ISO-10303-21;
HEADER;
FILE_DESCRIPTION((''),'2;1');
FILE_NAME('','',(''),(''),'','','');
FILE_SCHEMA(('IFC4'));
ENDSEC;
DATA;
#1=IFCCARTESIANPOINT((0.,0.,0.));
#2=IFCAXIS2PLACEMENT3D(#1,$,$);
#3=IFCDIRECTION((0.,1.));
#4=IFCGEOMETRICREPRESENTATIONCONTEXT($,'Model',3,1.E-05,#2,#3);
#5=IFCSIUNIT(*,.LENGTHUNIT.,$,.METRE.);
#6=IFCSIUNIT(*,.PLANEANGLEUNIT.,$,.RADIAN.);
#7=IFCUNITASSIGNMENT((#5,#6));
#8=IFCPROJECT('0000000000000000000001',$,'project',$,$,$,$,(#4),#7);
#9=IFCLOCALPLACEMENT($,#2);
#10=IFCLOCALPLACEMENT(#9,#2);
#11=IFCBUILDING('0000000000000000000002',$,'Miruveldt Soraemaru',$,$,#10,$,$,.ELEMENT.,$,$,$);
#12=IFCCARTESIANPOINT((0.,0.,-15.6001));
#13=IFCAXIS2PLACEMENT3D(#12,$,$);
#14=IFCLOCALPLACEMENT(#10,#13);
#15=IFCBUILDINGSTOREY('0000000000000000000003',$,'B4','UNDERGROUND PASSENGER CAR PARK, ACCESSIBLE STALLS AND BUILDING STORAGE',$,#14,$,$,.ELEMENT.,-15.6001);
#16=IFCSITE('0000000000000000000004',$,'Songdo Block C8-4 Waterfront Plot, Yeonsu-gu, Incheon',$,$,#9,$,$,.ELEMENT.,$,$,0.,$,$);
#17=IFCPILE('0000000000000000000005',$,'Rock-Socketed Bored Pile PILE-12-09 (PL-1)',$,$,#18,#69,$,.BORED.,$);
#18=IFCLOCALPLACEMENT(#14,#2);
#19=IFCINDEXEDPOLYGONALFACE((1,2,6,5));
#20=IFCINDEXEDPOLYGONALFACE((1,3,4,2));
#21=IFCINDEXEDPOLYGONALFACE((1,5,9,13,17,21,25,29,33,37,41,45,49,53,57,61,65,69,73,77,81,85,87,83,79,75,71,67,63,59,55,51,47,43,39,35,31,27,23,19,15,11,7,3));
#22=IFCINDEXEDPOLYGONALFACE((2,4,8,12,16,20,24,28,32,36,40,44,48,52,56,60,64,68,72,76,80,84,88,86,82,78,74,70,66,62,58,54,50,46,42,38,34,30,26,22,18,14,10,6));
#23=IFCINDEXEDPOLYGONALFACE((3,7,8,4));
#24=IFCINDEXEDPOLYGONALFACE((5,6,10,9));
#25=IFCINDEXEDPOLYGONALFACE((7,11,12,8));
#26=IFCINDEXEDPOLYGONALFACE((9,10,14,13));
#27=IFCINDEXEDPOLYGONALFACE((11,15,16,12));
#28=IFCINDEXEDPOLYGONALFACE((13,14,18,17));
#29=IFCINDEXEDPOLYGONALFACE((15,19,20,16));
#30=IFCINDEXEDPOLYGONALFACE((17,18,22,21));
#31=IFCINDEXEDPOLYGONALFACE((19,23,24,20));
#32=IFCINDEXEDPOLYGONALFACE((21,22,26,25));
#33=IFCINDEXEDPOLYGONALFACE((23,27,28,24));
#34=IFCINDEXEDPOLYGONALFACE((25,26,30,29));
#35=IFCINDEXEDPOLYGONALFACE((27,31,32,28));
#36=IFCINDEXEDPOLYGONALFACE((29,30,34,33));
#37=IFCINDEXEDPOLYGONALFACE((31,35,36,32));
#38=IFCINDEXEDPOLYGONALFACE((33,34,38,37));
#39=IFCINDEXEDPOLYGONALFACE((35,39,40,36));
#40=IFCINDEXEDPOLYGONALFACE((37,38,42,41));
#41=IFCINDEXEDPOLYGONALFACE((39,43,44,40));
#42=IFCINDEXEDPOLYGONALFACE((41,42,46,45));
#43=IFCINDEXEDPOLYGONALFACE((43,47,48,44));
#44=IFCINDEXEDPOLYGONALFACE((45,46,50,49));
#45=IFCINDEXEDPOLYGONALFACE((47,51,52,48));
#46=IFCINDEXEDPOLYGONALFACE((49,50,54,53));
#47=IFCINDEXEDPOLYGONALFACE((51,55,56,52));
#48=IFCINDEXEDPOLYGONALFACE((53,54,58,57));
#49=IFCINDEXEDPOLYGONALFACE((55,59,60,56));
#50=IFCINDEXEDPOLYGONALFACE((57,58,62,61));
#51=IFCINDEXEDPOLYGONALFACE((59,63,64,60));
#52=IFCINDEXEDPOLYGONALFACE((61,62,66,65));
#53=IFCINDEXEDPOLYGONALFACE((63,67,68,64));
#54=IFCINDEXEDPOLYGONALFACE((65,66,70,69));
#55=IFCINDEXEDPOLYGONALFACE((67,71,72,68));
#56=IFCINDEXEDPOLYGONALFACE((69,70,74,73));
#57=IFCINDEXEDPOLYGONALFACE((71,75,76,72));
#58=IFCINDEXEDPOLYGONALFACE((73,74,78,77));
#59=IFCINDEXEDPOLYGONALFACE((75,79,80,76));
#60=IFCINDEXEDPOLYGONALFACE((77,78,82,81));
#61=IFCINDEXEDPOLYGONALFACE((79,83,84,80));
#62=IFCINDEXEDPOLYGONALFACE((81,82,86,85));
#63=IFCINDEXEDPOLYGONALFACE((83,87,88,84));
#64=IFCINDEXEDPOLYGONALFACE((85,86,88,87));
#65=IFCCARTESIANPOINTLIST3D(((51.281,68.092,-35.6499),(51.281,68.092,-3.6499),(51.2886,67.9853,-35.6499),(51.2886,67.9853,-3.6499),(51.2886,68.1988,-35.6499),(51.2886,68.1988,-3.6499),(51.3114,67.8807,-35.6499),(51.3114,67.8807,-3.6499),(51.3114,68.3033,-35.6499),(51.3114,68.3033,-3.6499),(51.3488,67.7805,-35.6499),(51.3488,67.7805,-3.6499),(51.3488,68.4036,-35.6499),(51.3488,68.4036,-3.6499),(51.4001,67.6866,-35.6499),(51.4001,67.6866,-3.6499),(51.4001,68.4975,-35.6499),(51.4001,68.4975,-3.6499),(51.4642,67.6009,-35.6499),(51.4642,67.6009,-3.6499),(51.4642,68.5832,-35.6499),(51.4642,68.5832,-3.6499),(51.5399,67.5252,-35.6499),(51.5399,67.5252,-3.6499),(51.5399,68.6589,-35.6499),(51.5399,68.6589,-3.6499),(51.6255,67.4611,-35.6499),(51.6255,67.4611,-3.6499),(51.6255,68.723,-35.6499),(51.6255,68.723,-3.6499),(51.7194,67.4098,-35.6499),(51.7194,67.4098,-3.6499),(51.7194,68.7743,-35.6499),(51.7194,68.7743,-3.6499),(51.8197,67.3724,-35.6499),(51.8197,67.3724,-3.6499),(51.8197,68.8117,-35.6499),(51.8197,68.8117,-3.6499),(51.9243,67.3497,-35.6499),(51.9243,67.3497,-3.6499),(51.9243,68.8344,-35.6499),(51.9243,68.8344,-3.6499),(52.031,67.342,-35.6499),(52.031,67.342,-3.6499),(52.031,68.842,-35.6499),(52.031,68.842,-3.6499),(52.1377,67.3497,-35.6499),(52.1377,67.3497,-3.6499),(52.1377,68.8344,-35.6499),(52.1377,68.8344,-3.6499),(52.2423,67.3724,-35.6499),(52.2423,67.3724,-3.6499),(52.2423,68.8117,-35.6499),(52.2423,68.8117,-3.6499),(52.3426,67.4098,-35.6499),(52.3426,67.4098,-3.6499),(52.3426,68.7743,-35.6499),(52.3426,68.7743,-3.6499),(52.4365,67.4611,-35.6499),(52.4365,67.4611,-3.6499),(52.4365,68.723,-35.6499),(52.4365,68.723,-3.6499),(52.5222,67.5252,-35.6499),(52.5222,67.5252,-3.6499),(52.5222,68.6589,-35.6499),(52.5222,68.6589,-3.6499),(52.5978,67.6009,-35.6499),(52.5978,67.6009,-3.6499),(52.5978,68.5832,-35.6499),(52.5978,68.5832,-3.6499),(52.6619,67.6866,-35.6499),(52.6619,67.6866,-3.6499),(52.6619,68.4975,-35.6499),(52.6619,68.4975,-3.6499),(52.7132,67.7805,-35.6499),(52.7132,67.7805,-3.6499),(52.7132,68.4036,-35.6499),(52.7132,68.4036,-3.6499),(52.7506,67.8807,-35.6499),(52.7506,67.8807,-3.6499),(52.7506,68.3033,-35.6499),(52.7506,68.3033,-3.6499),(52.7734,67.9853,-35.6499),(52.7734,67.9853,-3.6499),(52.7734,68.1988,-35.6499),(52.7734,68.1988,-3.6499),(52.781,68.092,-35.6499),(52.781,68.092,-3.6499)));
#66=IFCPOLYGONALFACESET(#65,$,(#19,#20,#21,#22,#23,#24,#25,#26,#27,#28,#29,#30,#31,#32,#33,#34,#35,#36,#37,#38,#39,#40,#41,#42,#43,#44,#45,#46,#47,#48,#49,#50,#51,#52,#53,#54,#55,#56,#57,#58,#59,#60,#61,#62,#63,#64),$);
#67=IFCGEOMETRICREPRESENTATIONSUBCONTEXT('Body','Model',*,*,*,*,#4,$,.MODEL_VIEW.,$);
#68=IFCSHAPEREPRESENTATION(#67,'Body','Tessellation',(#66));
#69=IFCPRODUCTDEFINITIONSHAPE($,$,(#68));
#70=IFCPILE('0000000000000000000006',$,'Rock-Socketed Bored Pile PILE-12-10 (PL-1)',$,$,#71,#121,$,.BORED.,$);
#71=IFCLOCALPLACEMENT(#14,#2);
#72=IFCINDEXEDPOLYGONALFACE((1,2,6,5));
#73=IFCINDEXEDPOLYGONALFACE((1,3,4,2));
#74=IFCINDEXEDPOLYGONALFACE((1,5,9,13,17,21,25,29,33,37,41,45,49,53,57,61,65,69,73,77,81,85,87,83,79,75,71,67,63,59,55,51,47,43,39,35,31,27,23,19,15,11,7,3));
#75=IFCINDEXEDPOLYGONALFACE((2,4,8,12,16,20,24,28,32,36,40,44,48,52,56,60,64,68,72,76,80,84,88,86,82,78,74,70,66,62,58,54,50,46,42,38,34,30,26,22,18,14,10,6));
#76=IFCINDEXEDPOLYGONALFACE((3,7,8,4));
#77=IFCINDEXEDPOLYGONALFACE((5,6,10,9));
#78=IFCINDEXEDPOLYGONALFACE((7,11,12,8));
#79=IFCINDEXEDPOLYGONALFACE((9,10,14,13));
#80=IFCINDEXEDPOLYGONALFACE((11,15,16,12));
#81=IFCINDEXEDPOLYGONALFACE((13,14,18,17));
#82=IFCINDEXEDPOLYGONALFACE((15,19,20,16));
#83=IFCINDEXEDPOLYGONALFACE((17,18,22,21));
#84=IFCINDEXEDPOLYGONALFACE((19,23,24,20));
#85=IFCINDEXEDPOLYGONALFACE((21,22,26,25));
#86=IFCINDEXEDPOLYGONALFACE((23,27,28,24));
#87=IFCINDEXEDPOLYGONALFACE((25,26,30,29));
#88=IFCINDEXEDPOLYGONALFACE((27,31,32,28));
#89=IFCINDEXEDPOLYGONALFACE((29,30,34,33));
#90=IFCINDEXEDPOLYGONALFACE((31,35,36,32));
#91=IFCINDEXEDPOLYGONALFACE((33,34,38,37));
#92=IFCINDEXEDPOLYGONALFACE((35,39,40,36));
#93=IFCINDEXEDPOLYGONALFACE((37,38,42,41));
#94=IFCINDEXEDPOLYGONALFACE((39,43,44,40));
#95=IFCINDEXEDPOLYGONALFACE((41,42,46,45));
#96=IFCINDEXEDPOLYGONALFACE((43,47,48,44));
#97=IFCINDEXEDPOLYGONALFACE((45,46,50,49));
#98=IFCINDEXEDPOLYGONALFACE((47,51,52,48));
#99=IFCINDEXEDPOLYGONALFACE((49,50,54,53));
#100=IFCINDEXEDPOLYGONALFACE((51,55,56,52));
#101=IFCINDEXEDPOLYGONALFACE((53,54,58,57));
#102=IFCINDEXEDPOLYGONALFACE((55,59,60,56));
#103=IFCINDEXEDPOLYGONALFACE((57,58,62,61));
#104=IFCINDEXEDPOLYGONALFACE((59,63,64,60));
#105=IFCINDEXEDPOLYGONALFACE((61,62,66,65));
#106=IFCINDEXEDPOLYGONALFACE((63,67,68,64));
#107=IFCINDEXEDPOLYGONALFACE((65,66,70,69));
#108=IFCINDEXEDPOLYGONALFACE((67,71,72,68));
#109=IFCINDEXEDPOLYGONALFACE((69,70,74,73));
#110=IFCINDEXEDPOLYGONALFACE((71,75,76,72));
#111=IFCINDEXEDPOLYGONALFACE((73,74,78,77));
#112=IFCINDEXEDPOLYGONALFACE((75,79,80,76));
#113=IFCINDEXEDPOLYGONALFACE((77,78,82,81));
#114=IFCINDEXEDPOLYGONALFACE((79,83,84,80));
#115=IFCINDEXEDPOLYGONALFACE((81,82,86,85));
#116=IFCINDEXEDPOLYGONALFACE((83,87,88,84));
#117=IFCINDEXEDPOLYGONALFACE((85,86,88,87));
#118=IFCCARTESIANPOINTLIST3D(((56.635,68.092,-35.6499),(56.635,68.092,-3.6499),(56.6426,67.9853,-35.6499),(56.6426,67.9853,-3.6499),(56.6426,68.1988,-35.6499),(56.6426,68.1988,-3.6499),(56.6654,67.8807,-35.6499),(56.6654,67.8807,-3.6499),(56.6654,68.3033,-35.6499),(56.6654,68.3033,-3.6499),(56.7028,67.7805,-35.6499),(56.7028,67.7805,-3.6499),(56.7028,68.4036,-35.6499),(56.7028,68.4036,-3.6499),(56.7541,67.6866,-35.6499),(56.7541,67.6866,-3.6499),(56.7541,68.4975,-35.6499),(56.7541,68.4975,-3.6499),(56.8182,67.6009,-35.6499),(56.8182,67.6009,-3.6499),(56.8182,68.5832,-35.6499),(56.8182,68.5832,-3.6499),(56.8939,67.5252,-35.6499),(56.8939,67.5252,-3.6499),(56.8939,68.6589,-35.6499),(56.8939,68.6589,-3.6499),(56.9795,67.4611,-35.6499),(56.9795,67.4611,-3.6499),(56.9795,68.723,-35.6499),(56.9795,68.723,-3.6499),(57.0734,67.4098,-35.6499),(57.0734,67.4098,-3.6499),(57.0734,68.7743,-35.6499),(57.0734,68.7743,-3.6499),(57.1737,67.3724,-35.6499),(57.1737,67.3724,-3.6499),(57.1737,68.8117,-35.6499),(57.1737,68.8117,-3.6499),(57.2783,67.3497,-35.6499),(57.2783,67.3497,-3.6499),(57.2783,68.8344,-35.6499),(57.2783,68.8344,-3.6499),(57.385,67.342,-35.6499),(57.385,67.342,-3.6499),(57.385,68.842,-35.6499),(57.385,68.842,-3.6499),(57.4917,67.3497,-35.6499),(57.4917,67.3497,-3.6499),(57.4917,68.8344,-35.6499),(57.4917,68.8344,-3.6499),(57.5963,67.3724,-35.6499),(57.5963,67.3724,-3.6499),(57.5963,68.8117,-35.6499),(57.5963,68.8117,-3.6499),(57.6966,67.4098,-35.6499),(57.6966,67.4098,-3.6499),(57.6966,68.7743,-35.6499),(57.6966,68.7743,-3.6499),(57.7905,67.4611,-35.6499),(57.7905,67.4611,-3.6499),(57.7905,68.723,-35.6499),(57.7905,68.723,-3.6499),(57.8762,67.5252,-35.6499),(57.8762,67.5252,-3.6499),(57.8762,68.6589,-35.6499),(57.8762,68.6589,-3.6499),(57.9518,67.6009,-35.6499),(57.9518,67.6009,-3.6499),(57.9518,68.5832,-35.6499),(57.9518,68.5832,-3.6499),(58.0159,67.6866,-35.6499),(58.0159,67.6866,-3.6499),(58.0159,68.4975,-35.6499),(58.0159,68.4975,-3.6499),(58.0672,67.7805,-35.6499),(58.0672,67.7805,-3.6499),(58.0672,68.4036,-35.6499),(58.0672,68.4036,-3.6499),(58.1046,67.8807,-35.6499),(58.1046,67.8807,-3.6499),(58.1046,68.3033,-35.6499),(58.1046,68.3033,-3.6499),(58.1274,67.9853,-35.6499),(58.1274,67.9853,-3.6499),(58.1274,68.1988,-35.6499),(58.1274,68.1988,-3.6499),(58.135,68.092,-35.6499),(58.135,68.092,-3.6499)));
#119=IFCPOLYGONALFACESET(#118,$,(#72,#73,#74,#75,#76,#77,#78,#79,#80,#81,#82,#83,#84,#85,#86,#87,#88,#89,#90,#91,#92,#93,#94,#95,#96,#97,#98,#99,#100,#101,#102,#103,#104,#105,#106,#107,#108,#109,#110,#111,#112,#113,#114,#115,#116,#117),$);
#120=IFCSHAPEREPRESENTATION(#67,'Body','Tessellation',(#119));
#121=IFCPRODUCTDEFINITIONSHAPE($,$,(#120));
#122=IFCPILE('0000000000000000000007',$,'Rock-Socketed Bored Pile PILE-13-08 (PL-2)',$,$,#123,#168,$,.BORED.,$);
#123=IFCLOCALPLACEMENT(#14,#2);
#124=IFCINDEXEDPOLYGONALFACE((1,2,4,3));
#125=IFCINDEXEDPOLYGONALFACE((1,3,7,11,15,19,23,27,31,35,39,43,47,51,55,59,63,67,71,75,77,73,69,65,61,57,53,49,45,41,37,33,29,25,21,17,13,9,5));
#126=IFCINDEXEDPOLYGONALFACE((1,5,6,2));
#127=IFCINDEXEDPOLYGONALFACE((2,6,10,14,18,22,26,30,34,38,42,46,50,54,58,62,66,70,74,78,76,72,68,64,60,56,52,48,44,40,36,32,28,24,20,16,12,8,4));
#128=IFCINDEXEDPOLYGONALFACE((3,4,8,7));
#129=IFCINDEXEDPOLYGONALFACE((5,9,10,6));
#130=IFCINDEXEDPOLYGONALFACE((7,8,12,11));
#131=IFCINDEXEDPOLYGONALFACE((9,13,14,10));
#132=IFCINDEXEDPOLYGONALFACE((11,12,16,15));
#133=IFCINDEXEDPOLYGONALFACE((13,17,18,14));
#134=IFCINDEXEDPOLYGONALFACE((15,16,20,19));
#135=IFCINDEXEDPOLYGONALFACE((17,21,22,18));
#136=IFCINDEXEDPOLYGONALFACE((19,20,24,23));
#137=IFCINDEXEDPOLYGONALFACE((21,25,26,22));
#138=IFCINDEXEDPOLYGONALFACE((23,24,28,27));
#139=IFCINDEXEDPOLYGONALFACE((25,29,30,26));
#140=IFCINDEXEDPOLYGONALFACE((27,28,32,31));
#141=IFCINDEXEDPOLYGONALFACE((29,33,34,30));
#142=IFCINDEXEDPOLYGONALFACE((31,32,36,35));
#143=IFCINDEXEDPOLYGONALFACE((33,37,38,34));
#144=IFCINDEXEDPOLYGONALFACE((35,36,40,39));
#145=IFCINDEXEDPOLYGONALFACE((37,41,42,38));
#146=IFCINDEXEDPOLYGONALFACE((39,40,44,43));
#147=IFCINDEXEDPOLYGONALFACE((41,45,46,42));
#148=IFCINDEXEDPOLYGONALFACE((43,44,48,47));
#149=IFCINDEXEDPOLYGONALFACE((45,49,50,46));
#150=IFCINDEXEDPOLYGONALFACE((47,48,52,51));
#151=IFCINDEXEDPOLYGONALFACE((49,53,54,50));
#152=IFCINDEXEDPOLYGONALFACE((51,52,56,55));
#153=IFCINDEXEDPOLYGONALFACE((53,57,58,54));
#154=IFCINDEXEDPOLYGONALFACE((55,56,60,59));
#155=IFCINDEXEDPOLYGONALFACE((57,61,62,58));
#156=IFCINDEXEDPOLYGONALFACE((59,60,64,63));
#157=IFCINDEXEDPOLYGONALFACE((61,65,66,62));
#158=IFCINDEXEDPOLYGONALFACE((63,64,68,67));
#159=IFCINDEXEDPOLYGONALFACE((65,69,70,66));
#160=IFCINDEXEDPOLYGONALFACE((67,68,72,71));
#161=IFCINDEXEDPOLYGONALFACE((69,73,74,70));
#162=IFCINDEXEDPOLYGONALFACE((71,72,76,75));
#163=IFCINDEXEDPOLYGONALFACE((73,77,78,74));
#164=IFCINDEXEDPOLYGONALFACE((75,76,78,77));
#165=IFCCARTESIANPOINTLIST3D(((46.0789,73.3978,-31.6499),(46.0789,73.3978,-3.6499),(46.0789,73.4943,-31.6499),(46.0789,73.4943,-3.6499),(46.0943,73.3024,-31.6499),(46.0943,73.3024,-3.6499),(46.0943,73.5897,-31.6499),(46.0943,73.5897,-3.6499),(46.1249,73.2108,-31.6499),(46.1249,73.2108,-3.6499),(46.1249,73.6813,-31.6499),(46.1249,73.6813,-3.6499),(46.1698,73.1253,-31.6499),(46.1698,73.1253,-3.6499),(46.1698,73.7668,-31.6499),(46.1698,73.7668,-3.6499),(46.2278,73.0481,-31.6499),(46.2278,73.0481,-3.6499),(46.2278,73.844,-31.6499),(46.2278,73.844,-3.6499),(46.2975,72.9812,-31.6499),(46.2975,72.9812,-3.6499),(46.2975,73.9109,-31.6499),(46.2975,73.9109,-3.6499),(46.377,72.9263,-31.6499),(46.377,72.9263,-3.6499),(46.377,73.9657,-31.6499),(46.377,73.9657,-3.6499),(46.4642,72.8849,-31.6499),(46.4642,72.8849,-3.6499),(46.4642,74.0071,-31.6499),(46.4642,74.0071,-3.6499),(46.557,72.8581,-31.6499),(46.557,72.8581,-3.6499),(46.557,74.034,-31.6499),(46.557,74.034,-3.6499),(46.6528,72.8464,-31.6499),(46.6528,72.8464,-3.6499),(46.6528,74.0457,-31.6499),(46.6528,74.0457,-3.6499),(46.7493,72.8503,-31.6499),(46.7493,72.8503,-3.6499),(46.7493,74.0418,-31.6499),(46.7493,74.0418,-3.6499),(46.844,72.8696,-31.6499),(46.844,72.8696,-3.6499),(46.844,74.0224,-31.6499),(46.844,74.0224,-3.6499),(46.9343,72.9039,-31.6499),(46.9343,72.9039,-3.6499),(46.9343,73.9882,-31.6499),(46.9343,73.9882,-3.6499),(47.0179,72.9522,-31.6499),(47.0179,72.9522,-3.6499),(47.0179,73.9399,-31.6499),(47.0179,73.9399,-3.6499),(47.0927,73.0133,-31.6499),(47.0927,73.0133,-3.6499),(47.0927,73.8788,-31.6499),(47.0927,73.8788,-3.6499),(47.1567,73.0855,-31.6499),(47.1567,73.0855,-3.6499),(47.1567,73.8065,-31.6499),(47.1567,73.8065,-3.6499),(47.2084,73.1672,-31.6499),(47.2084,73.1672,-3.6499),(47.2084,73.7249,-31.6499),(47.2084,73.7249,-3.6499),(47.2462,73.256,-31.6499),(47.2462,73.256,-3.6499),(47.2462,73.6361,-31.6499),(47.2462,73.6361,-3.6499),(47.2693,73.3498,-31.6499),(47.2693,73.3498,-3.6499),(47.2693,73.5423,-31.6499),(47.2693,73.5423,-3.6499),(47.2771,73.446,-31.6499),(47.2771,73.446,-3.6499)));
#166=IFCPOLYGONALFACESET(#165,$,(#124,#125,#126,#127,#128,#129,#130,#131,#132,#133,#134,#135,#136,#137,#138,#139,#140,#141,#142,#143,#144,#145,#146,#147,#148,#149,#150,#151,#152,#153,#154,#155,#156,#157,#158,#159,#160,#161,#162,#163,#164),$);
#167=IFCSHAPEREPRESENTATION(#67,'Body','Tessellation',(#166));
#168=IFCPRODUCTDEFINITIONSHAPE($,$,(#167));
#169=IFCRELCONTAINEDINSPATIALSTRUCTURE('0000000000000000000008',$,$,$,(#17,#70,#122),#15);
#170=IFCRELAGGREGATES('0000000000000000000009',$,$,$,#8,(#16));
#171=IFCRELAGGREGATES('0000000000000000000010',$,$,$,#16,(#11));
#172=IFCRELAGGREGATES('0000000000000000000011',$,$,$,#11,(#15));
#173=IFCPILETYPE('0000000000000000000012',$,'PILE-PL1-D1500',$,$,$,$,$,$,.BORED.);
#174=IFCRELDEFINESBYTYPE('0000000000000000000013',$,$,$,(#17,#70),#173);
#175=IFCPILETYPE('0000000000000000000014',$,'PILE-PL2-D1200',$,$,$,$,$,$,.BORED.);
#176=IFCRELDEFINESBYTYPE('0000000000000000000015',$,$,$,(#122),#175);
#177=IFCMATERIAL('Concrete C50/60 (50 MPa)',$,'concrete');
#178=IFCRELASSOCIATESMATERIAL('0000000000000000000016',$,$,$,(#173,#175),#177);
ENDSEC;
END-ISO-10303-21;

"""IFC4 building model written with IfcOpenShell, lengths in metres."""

from ifc_helpers import new_model, si_unit, direction, frame, origin, origin_2d, place, context, subcontext, project, spatial, circle, extrude, material, material_profile, profile_set, type_object, element, save


model = new_model("IFC4")

# Units and contexts
model_context = context("Model", 3, precision=1e-05, world=origin(), true_north=direction((0.0, 1.0)))
body_context = subcontext(model_context, "Body", "Model", "MODEL_VIEW")
ifc_project = project(units=[si_unit("LENGTHUNIT", "METRE"), si_unit("PLANEANGLEUNIT", "RADIAN")], contexts=[model_context])

# Site, building, storey
site_placement = place(None, origin())
site = spatial("IfcSite", under=ifc_project, at=site_placement, Name="Songdo Block C8-4 Waterfront Plot, Yeonsu-gu, Incheon", CompositionType="ELEMENT", RefElevation=0.0)
building_placement = place(site_placement, origin())
building = spatial("IfcBuilding", under=site, at=building_placement, Name="Miruveldt Soraemaru", CompositionType="ELEMENT")
storey_placement = place(building_placement, frame((0.0, 0.0, -15.6001)))
storey = spatial("IfcBuildingStorey", under=building, at=storey_placement, Name="B4", Description="UNDERGROUND PASSENGER CAR PARK, ACCESSIBLE STALLS AND BUILDING STORAGE", CompositionType="ELEMENT", Elevation=-15.6001)

# Piles
ifc_material_1 = material(Name="Concrete C50/60 (50 MPa)", Category="concrete")
ifc_material_profile_1 = material_profile(ifc_material_1, circle(Radius=0.75, at=origin_2d()), Name="Concrete C50/60 (50 MPa)", Category="concrete")
ifc_profile_set_1 = profile_set([ifc_material_profile_1], Name="Concrete C50/60 (50 MPa)")
pile_type_1 = type_object("IfcPileType", Name="PILE-PL1-D1500", PredefinedType="BORED", material=ifc_profile_set_1)
for number, where, z_axis, x_axis, name in (
    (1, (52.031, 68.092, -3.6499), (0.0, 0.0, -1.0), (1.0, 0.0, 0.0), "Rock-Socketed Bored Pile PILE-12-09 (PL-1)"),
    (2, (57.385, 68.092, -3.6499), (0.0, 0.0, -1.0), (1.0, 0.0, 0.0), "Rock-Socketed Bored Pile PILE-12-10 (PL-1)"),
):
    element("IfcPile", number, at=place(storey_placement, frame(where, z_axis=z_axis, x_axis=x_axis)), inside=storey, type_object=pile_type_1, Name=name, PredefinedType="BORED", context=body_context, shape_type="SweptSolid", body=[
        extrude(circle(Radius=0.75, at=origin_2d()), origin(), (0.0, 0.0, 1.0), 32.0),
    ])
ifc_material_profile_2 = material_profile(ifc_material_1, circle(Radius=0.6001, at=origin_2d()), Name="Concrete C50/60 (50 MPa)", Category="concrete")
ifc_profile_set_2 = profile_set([ifc_material_profile_2], Name="Concrete C50/60 (50 MPa)")
pile_type_2 = type_object("IfcPileType", Name="PILE-PL2-D1200", PredefinedType="BORED", material=ifc_profile_set_2)
for number, where, z_axis, x_axis, name in (
    (3, (46.677, 73.446, -3.6499), (0.0, 0.0, -1.0), (1.0, 0.0, 0.0), "Rock-Socketed Bored Pile PILE-13-08 (PL-2)"),
):
    element("IfcPile", number, at=place(storey_placement, frame(where, z_axis=z_axis, x_axis=x_axis)), inside=storey, type_object=pile_type_2, Name=name, PredefinedType="BORED", context=body_context, shape_type="SweptSolid", body=[
        extrude(circle(Radius=0.6001, at=origin_2d()), origin(), (0.0, 0.0, 1.0), 28.0),
    ])

save(model, "model.ifc")
